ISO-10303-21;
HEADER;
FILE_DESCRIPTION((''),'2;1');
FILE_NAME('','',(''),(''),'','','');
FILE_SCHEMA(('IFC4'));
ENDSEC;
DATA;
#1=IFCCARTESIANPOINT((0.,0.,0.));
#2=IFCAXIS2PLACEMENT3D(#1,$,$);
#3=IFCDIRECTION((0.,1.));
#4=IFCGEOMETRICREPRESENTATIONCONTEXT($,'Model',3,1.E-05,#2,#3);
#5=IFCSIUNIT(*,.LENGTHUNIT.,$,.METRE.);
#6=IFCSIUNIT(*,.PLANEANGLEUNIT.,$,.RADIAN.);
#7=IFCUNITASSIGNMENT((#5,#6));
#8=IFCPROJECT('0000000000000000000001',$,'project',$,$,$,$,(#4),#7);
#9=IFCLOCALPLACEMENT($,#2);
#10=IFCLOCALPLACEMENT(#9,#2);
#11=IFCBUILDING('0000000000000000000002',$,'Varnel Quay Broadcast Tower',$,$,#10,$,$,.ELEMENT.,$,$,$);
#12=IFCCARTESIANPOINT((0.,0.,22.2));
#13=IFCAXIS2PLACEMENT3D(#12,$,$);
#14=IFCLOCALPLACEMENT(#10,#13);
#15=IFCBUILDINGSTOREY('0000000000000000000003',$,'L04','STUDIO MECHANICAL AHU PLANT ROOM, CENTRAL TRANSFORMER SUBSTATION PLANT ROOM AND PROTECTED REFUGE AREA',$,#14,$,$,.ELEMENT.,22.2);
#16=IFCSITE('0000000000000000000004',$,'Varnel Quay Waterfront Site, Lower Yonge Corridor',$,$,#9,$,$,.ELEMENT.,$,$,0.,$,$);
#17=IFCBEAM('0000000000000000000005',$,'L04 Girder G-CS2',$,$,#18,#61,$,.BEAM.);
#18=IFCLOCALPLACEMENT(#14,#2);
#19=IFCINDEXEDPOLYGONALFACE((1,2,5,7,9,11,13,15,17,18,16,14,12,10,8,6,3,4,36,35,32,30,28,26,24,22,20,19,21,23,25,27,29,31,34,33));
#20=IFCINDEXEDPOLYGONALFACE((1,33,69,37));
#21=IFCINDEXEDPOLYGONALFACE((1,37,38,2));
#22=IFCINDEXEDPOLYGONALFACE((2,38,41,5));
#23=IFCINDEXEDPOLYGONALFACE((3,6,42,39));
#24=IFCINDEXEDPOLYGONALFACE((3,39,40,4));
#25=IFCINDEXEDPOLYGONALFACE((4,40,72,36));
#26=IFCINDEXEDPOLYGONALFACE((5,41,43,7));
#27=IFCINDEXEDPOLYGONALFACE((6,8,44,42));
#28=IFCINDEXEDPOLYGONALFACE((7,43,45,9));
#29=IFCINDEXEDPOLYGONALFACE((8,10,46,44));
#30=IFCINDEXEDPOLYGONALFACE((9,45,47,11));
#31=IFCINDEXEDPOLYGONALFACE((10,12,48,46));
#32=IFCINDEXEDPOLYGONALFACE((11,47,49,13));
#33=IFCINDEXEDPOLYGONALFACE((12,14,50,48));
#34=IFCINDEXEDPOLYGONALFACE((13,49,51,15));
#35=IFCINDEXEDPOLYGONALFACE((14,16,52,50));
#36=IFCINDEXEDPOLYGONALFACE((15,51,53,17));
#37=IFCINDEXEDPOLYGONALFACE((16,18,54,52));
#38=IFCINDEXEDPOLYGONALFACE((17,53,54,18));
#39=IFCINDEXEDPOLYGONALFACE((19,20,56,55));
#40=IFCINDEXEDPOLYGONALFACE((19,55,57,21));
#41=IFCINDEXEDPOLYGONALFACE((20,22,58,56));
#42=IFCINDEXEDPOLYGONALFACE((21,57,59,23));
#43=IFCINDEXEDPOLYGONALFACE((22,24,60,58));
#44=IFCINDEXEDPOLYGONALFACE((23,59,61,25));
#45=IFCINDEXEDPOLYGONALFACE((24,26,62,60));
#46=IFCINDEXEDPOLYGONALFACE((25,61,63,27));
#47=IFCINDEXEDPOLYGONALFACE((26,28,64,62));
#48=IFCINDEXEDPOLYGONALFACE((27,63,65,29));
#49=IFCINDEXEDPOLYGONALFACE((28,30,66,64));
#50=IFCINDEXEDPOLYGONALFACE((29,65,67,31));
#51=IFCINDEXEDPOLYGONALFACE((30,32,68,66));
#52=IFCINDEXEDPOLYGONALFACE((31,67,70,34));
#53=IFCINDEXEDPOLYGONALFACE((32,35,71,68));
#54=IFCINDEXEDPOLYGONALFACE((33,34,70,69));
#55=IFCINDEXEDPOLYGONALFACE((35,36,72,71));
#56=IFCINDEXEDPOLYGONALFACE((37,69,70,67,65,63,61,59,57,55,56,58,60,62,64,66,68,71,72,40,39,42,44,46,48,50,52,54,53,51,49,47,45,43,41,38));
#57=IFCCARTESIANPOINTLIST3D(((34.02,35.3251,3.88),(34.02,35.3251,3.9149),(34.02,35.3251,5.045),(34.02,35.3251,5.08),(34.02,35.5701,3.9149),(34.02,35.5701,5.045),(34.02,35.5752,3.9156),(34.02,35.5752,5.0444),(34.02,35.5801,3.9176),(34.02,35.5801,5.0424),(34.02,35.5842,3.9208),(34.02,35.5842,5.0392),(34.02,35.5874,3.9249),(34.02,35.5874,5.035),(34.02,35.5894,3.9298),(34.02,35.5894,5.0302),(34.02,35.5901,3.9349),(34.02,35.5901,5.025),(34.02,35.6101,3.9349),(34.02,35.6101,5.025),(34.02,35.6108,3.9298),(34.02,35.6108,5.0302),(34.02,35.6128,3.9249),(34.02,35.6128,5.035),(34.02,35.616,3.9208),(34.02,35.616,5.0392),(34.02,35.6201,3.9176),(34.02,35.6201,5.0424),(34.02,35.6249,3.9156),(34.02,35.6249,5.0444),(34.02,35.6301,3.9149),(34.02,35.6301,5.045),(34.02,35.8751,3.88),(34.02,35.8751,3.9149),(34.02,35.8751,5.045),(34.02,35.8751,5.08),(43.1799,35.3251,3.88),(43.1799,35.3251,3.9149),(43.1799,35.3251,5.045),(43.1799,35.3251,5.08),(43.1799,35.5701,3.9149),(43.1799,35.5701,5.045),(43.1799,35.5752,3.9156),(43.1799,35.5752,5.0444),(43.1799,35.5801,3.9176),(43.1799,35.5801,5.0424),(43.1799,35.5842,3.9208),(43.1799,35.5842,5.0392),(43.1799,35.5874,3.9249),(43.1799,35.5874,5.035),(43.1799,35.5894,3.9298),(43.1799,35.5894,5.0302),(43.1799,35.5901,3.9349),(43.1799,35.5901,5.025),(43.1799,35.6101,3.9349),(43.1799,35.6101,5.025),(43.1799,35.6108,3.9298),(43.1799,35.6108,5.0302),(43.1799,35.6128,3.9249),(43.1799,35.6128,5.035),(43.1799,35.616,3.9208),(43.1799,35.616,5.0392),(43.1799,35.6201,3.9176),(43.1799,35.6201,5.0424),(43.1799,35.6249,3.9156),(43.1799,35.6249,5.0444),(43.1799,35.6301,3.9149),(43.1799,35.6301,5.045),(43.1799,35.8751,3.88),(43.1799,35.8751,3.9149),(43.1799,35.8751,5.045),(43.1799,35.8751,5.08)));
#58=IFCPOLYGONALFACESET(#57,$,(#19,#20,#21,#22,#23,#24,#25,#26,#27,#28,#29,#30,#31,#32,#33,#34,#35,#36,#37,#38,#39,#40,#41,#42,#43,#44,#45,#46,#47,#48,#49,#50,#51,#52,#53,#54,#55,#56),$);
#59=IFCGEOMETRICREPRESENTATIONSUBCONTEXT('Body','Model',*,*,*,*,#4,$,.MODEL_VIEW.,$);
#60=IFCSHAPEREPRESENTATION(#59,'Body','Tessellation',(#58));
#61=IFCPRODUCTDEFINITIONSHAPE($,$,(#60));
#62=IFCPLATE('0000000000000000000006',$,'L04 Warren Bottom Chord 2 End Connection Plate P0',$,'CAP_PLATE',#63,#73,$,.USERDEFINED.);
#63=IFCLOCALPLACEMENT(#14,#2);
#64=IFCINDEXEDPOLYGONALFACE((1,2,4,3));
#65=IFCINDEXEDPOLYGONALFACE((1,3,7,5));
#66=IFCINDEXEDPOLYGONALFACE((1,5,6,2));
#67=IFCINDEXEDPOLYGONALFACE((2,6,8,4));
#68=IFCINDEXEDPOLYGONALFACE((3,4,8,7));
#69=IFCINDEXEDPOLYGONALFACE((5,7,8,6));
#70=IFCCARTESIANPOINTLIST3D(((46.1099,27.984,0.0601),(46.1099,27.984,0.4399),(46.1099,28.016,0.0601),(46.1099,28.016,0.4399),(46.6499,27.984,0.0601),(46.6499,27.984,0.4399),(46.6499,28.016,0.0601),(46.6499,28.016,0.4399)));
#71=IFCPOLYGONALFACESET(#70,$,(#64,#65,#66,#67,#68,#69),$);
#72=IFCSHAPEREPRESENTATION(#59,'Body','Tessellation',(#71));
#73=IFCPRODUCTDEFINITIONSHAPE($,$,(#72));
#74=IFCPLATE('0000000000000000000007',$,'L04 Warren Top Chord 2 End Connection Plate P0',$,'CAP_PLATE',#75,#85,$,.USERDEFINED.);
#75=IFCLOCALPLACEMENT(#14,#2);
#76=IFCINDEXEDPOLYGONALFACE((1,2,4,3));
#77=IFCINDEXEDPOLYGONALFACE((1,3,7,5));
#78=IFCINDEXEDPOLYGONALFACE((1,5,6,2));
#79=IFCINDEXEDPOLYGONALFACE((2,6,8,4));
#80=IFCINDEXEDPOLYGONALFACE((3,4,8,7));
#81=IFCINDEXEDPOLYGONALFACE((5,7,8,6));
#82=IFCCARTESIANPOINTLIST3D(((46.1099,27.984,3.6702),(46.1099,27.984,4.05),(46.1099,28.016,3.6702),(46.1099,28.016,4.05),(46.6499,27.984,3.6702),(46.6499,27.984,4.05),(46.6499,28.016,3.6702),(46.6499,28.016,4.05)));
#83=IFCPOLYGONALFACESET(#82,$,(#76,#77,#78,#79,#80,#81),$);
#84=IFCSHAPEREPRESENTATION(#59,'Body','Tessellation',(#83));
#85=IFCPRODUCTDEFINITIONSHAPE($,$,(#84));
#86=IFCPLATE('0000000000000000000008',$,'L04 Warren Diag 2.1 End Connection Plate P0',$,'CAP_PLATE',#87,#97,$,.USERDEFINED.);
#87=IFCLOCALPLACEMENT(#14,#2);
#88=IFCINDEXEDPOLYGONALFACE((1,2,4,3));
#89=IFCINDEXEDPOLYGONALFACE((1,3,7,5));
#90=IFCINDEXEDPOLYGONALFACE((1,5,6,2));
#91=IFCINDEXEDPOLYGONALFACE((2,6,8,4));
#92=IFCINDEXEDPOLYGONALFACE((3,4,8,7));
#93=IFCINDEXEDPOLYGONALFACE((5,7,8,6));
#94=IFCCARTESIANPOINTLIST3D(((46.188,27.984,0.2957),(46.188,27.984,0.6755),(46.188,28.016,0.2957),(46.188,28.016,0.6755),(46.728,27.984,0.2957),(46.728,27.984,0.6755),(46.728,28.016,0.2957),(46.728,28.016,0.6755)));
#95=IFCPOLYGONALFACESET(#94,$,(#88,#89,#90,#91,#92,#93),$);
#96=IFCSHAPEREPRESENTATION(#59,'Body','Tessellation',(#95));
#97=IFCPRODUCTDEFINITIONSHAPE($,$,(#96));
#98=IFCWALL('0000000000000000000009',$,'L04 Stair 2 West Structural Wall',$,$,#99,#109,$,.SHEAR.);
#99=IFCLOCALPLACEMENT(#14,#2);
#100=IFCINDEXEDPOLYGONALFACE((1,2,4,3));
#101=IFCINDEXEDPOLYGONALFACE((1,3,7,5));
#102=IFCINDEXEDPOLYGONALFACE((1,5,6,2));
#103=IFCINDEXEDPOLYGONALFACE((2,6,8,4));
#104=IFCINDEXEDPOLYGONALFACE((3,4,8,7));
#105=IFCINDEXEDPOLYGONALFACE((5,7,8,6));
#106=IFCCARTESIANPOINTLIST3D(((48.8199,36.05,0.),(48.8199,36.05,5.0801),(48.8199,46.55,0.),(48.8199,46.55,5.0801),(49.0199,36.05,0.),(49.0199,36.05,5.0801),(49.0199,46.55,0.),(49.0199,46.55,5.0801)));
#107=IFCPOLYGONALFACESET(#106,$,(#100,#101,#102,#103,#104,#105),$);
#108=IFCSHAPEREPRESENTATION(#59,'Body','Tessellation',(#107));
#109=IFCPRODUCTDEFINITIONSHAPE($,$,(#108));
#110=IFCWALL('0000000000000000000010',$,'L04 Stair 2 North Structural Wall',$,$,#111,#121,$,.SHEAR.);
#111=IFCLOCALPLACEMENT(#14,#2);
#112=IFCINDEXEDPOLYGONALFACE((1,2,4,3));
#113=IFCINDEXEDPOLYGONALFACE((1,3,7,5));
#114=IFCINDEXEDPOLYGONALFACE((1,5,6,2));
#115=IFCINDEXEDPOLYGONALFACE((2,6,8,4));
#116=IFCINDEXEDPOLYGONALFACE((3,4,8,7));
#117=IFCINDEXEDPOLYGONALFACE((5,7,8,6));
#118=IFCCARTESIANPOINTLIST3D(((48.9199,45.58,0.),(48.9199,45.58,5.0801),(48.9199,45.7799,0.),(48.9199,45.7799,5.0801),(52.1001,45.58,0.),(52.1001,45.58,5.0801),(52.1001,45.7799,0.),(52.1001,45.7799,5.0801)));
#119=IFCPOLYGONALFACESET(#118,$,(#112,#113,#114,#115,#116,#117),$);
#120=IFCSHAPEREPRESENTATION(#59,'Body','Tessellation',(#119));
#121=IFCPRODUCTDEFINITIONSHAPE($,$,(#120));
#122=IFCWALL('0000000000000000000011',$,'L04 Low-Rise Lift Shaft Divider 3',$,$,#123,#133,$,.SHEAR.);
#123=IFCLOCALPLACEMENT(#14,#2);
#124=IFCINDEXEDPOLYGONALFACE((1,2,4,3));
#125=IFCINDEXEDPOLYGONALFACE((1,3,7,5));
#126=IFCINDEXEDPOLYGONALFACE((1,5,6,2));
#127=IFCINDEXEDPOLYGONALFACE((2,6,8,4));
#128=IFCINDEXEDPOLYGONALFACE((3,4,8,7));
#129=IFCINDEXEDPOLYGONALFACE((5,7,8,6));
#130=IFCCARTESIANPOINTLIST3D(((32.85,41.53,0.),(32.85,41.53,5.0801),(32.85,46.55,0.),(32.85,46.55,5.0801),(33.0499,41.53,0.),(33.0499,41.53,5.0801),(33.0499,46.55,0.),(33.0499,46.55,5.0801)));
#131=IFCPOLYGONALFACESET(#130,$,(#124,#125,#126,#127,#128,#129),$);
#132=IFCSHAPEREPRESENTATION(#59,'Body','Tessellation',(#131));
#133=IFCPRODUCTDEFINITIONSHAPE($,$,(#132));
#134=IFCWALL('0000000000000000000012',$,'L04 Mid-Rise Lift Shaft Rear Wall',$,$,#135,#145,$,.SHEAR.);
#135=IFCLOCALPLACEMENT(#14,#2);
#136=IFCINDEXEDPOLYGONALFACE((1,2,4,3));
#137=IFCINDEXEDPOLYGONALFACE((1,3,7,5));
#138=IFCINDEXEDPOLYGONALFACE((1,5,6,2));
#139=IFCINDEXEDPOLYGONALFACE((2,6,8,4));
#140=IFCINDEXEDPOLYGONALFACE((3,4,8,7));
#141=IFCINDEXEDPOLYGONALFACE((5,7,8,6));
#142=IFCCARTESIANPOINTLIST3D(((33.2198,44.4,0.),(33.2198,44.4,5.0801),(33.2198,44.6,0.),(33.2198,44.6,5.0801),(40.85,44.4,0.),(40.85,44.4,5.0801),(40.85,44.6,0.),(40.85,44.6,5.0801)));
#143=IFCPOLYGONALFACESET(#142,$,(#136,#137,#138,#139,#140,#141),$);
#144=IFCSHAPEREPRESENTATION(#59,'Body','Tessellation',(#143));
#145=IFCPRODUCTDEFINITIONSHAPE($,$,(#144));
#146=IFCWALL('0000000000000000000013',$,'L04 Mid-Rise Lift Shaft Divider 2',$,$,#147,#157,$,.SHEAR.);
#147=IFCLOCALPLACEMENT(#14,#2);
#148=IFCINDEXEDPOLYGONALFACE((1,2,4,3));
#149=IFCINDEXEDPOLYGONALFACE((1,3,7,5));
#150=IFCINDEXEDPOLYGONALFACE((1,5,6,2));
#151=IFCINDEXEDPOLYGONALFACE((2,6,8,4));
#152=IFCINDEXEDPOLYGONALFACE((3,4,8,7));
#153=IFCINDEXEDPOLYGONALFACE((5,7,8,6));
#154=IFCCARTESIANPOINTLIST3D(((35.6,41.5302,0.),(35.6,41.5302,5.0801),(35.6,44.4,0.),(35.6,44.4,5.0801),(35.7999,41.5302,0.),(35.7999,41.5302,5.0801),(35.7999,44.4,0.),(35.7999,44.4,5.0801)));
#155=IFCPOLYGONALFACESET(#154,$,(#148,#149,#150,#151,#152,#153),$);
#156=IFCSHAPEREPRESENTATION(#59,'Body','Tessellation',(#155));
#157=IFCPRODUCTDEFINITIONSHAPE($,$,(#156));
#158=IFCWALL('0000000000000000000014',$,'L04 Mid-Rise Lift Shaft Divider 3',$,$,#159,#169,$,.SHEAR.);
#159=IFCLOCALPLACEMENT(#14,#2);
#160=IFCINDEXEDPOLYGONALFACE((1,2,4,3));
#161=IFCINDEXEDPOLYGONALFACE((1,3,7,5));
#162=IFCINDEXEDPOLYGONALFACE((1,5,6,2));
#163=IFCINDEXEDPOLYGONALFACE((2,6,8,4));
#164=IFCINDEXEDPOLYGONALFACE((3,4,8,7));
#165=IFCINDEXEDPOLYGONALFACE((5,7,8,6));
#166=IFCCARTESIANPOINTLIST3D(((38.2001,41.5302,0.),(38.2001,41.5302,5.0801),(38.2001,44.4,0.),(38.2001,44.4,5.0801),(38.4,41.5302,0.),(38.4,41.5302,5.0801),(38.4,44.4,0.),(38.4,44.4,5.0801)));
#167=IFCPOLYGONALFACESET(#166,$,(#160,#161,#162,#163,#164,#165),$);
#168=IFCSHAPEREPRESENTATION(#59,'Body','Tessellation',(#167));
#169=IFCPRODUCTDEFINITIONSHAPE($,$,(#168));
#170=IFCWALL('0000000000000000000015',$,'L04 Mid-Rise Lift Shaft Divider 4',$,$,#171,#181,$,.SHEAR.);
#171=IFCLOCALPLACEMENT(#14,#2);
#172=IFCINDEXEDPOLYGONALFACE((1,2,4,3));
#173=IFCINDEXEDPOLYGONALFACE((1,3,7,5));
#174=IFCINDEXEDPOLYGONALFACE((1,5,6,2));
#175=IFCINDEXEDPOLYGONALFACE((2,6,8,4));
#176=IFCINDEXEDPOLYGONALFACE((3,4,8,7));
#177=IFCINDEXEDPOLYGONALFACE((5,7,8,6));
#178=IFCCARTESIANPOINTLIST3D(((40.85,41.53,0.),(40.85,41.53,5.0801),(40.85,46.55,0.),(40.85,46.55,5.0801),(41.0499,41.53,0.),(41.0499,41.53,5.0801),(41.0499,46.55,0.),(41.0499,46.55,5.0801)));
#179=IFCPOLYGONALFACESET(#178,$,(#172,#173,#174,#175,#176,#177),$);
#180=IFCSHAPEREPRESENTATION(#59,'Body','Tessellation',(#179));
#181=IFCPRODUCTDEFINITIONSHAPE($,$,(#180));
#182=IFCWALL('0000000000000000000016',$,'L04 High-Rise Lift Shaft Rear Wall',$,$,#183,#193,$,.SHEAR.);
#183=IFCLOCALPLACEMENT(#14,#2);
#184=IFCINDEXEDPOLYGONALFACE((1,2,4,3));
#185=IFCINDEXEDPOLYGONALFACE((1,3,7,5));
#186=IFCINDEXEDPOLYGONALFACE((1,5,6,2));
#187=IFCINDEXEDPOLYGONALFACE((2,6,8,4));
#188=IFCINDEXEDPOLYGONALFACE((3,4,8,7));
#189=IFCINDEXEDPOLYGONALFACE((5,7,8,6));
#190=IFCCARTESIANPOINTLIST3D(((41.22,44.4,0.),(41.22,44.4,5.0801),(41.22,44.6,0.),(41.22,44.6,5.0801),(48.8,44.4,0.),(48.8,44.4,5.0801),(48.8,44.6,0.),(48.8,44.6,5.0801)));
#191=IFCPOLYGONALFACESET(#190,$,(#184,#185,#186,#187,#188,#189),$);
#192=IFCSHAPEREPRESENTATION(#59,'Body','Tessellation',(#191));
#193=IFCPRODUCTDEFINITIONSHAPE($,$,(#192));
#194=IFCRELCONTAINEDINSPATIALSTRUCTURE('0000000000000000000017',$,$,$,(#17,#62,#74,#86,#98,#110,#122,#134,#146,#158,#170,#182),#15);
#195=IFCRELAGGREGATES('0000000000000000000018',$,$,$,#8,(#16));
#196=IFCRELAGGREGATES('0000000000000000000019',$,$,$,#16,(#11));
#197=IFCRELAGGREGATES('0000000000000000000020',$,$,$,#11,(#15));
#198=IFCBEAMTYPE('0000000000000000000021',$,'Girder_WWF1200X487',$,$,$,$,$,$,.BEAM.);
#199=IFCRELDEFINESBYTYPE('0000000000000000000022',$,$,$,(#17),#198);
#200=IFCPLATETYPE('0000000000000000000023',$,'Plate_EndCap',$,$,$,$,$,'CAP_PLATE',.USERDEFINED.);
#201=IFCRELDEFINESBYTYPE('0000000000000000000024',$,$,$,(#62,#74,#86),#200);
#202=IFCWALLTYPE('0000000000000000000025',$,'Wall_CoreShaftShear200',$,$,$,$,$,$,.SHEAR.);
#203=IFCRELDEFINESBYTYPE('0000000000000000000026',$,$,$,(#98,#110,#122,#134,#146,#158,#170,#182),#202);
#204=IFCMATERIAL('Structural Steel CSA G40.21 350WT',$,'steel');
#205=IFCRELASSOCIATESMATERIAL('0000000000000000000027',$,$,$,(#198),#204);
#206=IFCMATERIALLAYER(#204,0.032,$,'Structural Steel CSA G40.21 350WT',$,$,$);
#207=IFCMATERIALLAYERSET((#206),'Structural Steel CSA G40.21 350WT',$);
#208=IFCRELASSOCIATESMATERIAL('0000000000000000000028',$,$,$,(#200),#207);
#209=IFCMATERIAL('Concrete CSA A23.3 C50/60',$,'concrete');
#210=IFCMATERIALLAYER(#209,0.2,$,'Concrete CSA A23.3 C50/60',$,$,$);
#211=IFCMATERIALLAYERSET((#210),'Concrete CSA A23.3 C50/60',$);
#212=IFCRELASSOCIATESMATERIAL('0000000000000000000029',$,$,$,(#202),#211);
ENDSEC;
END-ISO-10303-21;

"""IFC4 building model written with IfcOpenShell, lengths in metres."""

from ifc_helpers import new_model, si_unit, direction, frame, frame_2d, origin, origin_2d, place, context, subcontext, project, spatial, rectangle, i_section, extrude, source, transform, mapped, material, layer, layer_set, material_profile, profile_set, type_object, type_shapes, element, save


model = new_model("IFC4")

# Units and contexts
model_context = context("Model", 3, precision=1e-05, world=origin(), true_north=direction((0.0, 1.0)))
body_context = subcontext(model_context, "Body", "Model", "MODEL_VIEW")
ifc_project = project(units=[si_unit("LENGTHUNIT", "METRE"), si_unit("PLANEANGLEUNIT", "RADIAN")], contexts=[model_context])

# Site, building, storey
site_placement = place(None, origin())
site = spatial("IfcSite", under=ifc_project, at=site_placement, Name="Varnel Quay Waterfront Site, Lower Yonge Corridor", CompositionType="ELEMENT", RefElevation=0.0)
building_placement = place(site_placement, origin())
building = spatial("IfcBuilding", under=site, at=building_placement, Name="Varnel Quay Broadcast Tower", CompositionType="ELEMENT")
storey_placement = place(building_placement, frame((0.0, 0.0, 22.2)))
storey = spatial("IfcBuildingStorey", under=building, at=storey_placement, Name="L04", Description="STUDIO MECHANICAL AHU PLANT ROOM, CENTRAL TRANSFORMER SUBSTATION PLANT ROOM AND PROTECTED REFUGE AREA", CompositionType="ELEMENT", Elevation=22.2)

# Shared definitions
ifc_material_1 = material(Name="Structural Steel CSA G40.21 350WT", Category="steel")

# Beam
ifc_material_profile_1 = material_profile(ifc_material_1, i_section(OverallWidth=0.55, OverallDepth=1.2, WebThickness=0.02, FlangeThickness=0.0349, FilletRadius=0.02, at=origin_2d()), Name="WWF1200X487")
ifc_profile_set_1 = profile_set([ifc_material_profile_1], Name="Structural Steel CSA G40.21 350WT")
beam_type_1 = type_object("IfcBeamType", Name="Girder_WWF1200X487", PredefinedType="BEAM", material=ifc_profile_set_1)
shared_shape_1 = source(origin(), body_context, "Body", "SweptSolid", [
    extrude(i_section(OverallWidth=0.55, OverallDepth=1.2, WebThickness=0.02, FlangeThickness=0.0349, FilletRadius=0.02, at=origin_2d()), origin(), (0.0, 0.0, 1.0), 9.1599),
])
beam_1_placement = place(storey_placement, frame((34.02, 35.6001, 4.48), z_axis=(1.0, 0.0, 0.0), x_axis=(0.0, 1.0, 0.0)))
element("IfcBeam", 1, at=beam_1_placement, inside=storey, type_object=beam_type_1, Name="L04 Girder G-CS2", PredefinedType="BEAM", context=body_context, shape_type="MappedRepresentation", body=[
    mapped(shared_shape_1, transform((0.0, 0.0, 0.0), x_axis=(1.0, 0.0, 0.0), y_axis=(0.0, 1.0, 0.0), z_axis=(0.0, 0.0, 1.0), scale=1.0)),
])

# Plates
ifc_layer_1 = layer(ifc_material_1, 0.032, Name="Structural Steel CSA G40.21 350WT")
ifc_layer_set_1 = layer_set([ifc_layer_1], Name="Structural Steel CSA G40.21 350WT")
plate_type = type_object("IfcPlateType", Name="Plate_EndCap", ElementType="CAP_PLATE", PredefinedType="USERDEFINED", material=ifc_layer_set_1)
shared_shape_2 = source(origin(), body_context, "Body", "SweptSolid", [
    extrude(rectangle(XDim=0.54, YDim=0.032, at=origin_2d()), origin(), (0.0, 0.0, 1.0), 0.3799),
])
type_shapes(plate_type, [shared_shape_2])
for number, where, z_axis, x_axis, name in (
    (2, (46.3799, 28.0, 0.0601), (0.0, 0.0, 1.0), (1.0, 0.0, 0.0), "L04 Warren Bottom Chord 2 End Connection Plate P0"),
    (3, (46.3799, 28.0, 3.6702), (0.0, 0.0, 1.0), (1.0, 0.0, 0.0), "L04 Warren Top Chord 2 End Connection Plate P0"),
    (4, (46.458, 28.0, 0.2957), (0.0, 0.0, 1.0), (1.0, 0.0, 0.0), "L04 Warren Diag 2.1 End Connection Plate P0"),
):
    element("IfcPlate", number, at=place(storey_placement, frame(where, z_axis=z_axis, x_axis=x_axis)), inside=storey, type_object=plate_type, Name=name, ObjectType="CAP_PLATE", PredefinedType="USERDEFINED", context=body_context, shape_type="MappedRepresentation", body=[
        mapped(shared_shape_2, transform((0.0, 0.0, 0.0), x_axis=(1.0, 0.0, 0.0), y_axis=(0.0, 1.0, 0.0), z_axis=(0.0, 0.0, 1.0), scale=1.0)),
    ])

# Walls
ifc_material_2 = material(Name="Concrete CSA A23.3 C50/60", Category="concrete")
ifc_layer_2 = layer(ifc_material_2, 0.2, Name="Concrete CSA A23.3 C50/60")
ifc_layer_set_2 = layer_set([ifc_layer_2], Name="Concrete CSA A23.3 C50/60")
wall_type_1 = type_object("IfcWallType", Name="Wall_CoreShaftShear200", PredefinedType="SHEAR", material=ifc_layer_set_2)
wall_1_placement = place(storey_placement, frame((48.9199, 36.05, 0.0), z_axis=(0.0, 0.0, 1.0), x_axis=(0.0, 1.0, 0.0)))
element("IfcWall", 5, at=wall_1_placement, inside=storey, type_object=wall_type_1, Name="L04 Stair 2 West Structural Wall", PredefinedType="SHEAR", context=body_context, shape_type="SweptSolid", body=[
    extrude(rectangle(XDim=10.5, YDim=0.2, at=frame_2d((5.25, 0.0))), origin(), (0.0, 0.0, 1.0), 5.0801),
])
wall_2_placement = place(storey_placement, frame((48.9199, 45.6799, 0.0), z_axis=(0.0, 0.0, 1.0), x_axis=(1.0, 0.0, 0.0)))
element("IfcWall", 6, at=wall_2_placement, inside=storey, type_object=wall_type_1, Name="L04 Stair 2 North Structural Wall", PredefinedType="SHEAR", context=body_context, shape_type="SweptSolid", body=[
    extrude(rectangle(XDim=3.1802, YDim=0.2, at=frame_2d((1.5901, 0.0))), origin(), (0.0, 0.0, 1.0), 5.0801),
])
wall_3_placement = place(storey_placement, frame((32.95, 41.53, 0.0), z_axis=(0.0, 0.0, 1.0), x_axis=(0.0, 1.0, 0.0)))
element("IfcWall", 7, at=wall_3_placement, inside=storey, type_object=wall_type_1, Name="L04 Low-Rise Lift Shaft Divider 3", PredefinedType="SHEAR", context=body_context, shape_type="SweptSolid", body=[
    extrude(rectangle(XDim=5.02, YDim=0.2, at=frame_2d((2.51, 0.0))), origin(), (0.0, 0.0, 1.0), 5.0801),
])
wall_4_placement = place(storey_placement, frame((33.22, 44.5, 0.0), z_axis=(0.0, 0.0, 1.0), x_axis=(1.0, 0.0, 0.0)))
element("IfcWall", 8, at=wall_4_placement, inside=storey, type_object=wall_type_1, Name="L04 Mid-Rise Lift Shaft Rear Wall", PredefinedType="SHEAR", context=body_context, shape_type="SweptSolid", body=[
    extrude(rectangle(XDim=7.6301, YDim=0.2, at=frame_2d((3.8149, 0.0))), origin(), (0.0, 0.0, 1.0), 5.0801),
])
for number, where, z_axis, x_axis, name in (
    (9, (35.7, 41.53, 0.0), (0.0, 0.0, 1.0), (0.0, 1.0, 0.0), "L04 Mid-Rise Lift Shaft Divider 2"),
    (10, (38.3, 41.53, 0.0), (0.0, 0.0, 1.0), (0.0, 1.0, 0.0), "L04 Mid-Rise Lift Shaft Divider 3"),
):
    element("IfcWall", number, at=place(storey_placement, frame(where, z_axis=z_axis, x_axis=x_axis)), inside=storey, type_object=wall_type_1, Name=name, PredefinedType="SHEAR", context=body_context, shape_type="SweptSolid", body=[
        extrude(rectangle(XDim=2.8699, YDim=0.2, at=frame_2d((1.4351, 0.0))), origin(), (0.0, 0.0, 1.0), 5.0801),
    ])
wall_5_placement = place(storey_placement, frame((40.95, 41.53, 0.0), z_axis=(0.0, 0.0, 1.0), x_axis=(0.0, 1.0, 0.0)))
element("IfcWall", 11, at=wall_5_placement, inside=storey, type_object=wall_type_1, Name="L04 Mid-Rise Lift Shaft Divider 4", PredefinedType="SHEAR", context=body_context, shape_type="SweptSolid", body=[
    extrude(rectangle(XDim=5.02, YDim=0.2, at=frame_2d((2.51, 0.0))), origin(), (0.0, 0.0, 1.0), 5.0801),
])
wall_6_placement = place(storey_placement, frame((41.22, 44.5, 0.0), z_axis=(0.0, 0.0, 1.0), x_axis=(1.0, 0.0, 0.0)))
element("IfcWall", 12, at=wall_6_placement, inside=storey, type_object=wall_type_1, Name="L04 High-Rise Lift Shaft Rear Wall", PredefinedType="SHEAR", context=body_context, shape_type="SweptSolid", body=[
    extrude(rectangle(XDim=7.5801, YDim=0.2, at=frame_2d((3.79, 0.0))), origin(), (0.0, 0.0, 1.0), 5.0801),
])

save(model, "model.ifc")
